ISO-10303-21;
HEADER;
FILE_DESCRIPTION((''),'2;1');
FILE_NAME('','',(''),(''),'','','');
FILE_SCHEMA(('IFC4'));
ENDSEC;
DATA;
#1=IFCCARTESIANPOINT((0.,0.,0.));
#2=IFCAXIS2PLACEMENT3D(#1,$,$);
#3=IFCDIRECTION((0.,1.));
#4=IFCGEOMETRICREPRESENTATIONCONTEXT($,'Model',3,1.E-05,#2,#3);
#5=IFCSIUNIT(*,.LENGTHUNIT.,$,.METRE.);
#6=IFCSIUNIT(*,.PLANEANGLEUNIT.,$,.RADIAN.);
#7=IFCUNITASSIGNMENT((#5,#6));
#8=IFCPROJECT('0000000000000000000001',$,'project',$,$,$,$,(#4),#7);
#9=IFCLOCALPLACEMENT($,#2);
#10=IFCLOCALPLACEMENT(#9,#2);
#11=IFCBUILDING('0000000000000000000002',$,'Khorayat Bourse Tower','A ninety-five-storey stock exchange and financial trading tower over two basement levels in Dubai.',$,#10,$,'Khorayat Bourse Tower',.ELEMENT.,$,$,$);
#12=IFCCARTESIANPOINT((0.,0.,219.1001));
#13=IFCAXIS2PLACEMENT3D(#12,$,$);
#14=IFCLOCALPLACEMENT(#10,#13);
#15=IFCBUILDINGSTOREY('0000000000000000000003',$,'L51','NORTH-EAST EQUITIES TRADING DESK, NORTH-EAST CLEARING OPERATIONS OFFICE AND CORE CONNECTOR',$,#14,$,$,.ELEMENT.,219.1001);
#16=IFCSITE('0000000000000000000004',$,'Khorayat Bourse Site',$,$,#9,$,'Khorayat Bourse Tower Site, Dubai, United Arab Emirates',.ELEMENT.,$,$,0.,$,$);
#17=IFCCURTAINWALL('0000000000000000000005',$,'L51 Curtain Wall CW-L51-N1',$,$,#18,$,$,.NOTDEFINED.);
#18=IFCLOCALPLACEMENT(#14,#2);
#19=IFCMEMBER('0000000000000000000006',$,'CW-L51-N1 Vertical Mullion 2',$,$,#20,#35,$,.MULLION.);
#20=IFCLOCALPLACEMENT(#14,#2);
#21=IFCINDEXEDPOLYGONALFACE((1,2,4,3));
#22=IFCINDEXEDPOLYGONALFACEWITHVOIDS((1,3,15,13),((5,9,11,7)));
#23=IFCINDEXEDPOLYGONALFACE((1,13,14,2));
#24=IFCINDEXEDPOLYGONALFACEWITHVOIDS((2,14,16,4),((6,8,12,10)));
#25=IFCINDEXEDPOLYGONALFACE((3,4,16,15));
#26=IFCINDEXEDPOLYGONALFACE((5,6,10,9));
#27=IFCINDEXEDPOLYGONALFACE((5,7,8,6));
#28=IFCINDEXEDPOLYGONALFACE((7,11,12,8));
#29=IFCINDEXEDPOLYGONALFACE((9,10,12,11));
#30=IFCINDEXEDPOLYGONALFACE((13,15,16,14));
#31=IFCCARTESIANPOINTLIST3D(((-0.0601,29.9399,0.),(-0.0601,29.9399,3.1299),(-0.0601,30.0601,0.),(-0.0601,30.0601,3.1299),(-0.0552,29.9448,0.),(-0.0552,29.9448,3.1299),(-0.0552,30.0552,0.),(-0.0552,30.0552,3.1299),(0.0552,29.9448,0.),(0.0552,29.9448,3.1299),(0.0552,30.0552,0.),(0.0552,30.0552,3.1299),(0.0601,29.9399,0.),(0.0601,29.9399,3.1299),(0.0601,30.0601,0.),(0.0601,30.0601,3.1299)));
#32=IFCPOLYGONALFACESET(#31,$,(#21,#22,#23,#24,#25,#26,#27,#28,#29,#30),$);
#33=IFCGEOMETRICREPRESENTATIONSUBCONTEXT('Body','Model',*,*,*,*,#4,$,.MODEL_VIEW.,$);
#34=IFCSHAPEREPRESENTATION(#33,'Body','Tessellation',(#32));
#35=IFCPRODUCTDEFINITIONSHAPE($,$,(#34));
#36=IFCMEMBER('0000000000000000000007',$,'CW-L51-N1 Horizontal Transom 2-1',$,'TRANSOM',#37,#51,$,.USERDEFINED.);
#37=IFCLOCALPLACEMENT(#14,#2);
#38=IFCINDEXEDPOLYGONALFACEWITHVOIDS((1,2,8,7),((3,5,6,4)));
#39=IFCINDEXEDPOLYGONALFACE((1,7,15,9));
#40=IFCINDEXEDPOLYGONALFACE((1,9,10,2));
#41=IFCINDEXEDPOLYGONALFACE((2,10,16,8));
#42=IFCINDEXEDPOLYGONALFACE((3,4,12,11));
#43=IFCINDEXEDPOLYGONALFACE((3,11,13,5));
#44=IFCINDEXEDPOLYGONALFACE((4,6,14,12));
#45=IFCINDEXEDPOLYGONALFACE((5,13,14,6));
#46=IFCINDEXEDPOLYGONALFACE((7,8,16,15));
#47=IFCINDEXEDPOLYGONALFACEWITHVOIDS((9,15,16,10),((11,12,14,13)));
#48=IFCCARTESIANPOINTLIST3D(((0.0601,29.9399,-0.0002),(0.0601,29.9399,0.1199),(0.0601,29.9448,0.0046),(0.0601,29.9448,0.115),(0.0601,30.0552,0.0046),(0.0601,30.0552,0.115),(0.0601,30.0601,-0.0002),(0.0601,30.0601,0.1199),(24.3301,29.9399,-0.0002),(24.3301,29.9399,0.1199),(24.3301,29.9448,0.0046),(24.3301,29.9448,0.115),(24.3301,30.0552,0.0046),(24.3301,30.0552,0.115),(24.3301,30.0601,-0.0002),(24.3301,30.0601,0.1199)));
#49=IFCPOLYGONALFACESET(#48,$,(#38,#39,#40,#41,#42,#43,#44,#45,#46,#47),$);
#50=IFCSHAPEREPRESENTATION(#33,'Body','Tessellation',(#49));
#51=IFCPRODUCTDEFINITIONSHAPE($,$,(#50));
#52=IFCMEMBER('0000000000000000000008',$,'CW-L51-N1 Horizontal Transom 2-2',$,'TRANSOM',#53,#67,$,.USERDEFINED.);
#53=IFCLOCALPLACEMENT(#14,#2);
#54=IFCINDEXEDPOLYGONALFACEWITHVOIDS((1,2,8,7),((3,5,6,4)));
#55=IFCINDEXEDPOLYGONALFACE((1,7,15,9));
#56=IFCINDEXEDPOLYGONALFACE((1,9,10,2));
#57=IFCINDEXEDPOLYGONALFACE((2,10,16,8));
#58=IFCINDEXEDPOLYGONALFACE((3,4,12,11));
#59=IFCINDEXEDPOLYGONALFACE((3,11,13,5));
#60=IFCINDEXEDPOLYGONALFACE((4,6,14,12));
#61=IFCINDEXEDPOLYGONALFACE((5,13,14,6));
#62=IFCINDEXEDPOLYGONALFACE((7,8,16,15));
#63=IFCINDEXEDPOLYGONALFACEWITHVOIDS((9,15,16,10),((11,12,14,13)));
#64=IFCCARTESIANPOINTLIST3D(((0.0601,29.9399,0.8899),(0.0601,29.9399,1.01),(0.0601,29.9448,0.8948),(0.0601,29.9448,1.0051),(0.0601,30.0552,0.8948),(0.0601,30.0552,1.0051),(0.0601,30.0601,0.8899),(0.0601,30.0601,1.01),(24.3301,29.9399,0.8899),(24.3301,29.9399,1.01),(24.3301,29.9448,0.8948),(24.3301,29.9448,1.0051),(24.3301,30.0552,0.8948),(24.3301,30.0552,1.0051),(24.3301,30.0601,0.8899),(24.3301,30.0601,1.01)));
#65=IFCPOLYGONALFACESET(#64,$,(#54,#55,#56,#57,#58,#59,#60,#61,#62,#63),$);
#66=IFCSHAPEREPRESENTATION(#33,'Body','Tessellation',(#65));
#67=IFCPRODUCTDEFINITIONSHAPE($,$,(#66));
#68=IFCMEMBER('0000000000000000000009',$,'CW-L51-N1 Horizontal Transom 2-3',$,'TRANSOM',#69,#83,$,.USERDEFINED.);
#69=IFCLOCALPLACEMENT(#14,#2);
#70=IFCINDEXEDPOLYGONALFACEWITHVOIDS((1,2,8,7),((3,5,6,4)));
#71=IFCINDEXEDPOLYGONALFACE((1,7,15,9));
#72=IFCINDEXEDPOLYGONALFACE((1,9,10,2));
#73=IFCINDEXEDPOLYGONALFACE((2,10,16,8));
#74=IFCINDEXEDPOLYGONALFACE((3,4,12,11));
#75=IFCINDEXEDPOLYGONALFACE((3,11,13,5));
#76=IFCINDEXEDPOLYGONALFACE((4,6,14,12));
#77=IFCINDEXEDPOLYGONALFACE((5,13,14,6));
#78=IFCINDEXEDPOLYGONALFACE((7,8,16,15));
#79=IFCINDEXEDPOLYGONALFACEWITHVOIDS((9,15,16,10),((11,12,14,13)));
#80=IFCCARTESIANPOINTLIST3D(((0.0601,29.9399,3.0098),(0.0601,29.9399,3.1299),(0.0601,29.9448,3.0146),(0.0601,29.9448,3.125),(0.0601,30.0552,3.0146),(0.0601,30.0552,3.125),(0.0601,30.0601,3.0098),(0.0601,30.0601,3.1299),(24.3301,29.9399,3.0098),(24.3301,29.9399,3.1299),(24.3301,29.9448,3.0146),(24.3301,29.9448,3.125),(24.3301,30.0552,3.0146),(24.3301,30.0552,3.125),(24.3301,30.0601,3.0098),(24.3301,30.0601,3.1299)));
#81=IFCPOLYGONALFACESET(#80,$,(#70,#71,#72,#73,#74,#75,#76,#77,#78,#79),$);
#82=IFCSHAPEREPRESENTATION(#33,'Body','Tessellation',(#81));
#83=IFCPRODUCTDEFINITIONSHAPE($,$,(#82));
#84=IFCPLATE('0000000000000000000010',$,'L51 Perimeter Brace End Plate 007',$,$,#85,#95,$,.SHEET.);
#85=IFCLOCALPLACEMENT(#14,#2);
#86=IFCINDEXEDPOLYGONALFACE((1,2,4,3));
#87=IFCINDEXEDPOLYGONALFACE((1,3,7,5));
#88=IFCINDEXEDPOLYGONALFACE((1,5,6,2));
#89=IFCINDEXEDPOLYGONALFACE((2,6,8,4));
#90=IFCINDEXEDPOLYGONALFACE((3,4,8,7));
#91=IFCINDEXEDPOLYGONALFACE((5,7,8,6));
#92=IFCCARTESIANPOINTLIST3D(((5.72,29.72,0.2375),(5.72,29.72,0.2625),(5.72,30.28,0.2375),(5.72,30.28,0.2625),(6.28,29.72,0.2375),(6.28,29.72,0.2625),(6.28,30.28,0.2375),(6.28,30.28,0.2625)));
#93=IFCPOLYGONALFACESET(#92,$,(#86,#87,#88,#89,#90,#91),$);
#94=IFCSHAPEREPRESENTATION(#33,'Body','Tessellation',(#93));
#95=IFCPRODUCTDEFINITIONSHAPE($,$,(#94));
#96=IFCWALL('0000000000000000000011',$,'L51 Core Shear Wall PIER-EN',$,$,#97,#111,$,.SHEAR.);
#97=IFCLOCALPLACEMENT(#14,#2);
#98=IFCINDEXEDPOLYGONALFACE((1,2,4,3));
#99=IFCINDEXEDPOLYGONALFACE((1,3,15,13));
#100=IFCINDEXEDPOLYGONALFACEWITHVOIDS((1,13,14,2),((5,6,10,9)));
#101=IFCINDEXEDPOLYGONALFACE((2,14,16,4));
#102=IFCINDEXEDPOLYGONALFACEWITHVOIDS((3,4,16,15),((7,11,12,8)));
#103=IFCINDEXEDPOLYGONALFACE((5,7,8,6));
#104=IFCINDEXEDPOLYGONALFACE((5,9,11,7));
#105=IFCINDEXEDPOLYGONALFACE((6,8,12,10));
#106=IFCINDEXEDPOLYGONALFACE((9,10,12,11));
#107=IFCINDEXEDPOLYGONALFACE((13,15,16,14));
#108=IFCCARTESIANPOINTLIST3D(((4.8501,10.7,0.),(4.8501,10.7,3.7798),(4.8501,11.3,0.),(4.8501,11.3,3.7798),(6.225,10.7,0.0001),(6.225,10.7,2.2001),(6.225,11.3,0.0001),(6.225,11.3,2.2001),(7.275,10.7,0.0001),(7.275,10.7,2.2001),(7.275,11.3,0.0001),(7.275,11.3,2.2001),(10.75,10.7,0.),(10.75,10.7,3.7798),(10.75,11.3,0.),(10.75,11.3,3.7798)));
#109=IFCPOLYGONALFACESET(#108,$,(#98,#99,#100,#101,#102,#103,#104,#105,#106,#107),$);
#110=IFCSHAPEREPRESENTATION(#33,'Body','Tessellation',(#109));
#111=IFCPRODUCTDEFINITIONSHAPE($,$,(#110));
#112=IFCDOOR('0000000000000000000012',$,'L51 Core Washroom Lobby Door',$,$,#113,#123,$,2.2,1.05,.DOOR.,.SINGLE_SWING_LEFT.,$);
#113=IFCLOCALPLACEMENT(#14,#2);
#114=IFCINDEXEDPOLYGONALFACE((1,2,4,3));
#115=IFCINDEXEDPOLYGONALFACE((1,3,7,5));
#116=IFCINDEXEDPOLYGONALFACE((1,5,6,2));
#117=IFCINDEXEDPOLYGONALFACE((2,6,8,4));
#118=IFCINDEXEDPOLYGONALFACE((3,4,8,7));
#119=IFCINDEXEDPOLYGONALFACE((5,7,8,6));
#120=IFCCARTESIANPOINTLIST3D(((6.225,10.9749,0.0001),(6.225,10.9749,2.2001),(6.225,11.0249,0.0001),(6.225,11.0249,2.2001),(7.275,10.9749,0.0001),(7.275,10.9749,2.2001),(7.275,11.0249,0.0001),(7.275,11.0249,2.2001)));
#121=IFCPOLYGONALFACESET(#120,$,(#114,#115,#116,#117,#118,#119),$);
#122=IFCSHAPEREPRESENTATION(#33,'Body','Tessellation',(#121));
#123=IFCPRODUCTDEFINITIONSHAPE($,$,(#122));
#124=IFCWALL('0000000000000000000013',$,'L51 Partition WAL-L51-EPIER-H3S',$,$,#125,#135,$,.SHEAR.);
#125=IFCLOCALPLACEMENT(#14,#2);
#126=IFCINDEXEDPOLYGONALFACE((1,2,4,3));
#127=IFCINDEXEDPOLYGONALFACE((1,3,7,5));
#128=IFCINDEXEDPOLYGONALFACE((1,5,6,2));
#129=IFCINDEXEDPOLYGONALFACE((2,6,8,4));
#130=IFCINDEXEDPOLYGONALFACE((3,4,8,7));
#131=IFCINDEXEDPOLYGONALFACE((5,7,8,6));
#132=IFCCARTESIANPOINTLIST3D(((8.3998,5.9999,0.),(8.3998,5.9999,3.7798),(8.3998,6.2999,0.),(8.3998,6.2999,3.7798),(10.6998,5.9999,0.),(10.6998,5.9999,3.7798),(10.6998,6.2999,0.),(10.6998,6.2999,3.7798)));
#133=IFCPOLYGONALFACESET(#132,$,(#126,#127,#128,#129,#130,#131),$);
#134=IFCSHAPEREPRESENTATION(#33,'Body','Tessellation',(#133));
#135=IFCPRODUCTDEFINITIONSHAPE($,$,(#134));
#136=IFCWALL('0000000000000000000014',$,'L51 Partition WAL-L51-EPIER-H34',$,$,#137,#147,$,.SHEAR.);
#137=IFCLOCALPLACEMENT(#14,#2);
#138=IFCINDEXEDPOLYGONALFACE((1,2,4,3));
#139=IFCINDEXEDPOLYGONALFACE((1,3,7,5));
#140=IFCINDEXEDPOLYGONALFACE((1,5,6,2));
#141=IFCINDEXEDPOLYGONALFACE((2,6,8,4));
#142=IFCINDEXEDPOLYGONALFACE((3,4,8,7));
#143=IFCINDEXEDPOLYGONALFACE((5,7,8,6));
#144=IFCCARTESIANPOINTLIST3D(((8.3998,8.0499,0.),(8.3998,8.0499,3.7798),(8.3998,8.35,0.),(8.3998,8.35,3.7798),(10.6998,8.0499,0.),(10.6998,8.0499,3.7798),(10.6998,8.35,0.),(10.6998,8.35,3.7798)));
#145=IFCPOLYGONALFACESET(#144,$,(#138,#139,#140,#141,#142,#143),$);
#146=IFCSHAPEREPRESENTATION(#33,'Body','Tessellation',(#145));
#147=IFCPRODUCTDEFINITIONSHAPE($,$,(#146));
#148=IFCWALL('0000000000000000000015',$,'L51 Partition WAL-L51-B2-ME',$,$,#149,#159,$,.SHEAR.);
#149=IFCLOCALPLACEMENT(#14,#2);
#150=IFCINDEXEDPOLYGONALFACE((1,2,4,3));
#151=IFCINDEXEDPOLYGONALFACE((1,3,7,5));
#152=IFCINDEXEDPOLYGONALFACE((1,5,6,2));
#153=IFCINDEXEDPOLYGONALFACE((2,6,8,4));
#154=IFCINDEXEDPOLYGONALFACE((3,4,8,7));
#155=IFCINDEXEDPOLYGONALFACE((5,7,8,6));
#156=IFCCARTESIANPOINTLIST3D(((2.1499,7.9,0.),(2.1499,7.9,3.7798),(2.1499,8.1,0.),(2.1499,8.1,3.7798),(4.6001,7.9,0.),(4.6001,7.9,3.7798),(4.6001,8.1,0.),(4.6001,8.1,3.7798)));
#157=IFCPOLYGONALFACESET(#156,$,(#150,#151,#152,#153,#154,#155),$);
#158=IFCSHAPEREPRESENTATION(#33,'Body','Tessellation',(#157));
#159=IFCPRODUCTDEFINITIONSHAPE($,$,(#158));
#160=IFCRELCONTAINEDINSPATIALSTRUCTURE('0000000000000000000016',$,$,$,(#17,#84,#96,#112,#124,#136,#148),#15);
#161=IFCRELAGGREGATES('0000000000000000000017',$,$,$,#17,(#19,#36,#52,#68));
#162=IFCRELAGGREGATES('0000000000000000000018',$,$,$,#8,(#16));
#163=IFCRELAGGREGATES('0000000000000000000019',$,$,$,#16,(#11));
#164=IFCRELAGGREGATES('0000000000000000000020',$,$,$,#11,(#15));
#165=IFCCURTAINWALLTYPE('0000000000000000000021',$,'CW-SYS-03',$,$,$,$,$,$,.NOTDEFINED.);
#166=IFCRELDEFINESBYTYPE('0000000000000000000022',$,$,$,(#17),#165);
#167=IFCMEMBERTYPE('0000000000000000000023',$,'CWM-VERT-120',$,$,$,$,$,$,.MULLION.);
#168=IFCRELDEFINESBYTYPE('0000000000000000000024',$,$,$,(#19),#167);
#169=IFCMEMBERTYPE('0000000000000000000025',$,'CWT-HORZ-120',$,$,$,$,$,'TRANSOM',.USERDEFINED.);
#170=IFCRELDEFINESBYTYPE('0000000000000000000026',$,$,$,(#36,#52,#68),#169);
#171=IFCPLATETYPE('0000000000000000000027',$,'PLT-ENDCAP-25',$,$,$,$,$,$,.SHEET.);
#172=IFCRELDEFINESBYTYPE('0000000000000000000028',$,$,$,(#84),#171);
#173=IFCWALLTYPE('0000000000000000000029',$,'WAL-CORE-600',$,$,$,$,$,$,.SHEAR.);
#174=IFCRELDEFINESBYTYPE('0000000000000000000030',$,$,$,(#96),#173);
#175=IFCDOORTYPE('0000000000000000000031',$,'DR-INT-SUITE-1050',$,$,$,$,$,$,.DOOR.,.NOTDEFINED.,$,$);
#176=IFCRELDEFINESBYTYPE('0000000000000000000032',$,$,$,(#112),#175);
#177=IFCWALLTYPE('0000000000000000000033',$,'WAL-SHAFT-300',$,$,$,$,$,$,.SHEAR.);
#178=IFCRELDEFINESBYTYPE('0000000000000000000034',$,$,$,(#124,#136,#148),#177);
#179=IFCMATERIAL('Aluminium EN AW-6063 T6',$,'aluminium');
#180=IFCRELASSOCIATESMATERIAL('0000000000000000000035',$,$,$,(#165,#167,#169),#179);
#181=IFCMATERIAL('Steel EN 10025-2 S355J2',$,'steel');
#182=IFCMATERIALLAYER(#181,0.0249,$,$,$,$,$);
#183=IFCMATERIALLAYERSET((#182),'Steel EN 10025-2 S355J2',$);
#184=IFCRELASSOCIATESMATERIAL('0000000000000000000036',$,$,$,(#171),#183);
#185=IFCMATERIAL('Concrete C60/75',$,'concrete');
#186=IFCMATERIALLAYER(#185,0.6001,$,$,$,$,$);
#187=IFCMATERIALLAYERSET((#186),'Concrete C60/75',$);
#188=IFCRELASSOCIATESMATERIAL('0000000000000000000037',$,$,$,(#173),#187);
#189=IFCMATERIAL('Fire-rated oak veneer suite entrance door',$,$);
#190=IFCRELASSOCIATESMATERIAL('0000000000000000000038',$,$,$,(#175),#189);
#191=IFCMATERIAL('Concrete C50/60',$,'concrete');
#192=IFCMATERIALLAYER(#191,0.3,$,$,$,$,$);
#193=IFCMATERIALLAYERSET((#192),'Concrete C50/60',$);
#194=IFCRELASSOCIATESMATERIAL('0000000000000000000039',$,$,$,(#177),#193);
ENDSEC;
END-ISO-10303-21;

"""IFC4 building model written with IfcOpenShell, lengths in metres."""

from ifc_helpers import new_model, si_unit, direction, frame, frame_2d, origin, origin_2d, place, context, subcontext, project, spatial, rectangle, hollow_rectangle, extrude, source, transform, mapped, material, layer, layer_set, material_profile, profile_set, type_object, element, fill, aggregate, save


model = new_model("IFC4")

# Units and contexts
model_context = context("Model", 3, precision=1e-05, world=origin(), true_north=direction((0.0, 1.0)))
body_context = subcontext(model_context, "Body", "Model", "MODEL_VIEW")
ifc_project = project(units=[si_unit("LENGTHUNIT", "METRE"), si_unit("PLANEANGLEUNIT", "RADIAN")], contexts=[model_context])

# Site, building, storey
site_placement = place(None, origin())
site = spatial("IfcSite", under=ifc_project, at=site_placement, Name="Khorayat Bourse Site", LongName="Khorayat Bourse Tower Site, Dubai, United Arab Emirates", CompositionType="ELEMENT", RefElevation=0.0)
building_placement = place(site_placement, origin())
building = spatial("IfcBuilding", under=site, at=building_placement, Name="Khorayat Bourse Tower", Description="A ninety-five-storey stock exchange and financial trading tower over two basement levels in Dubai.", LongName="Khorayat Bourse Tower", CompositionType="ELEMENT")
storey_placement = place(building_placement, frame((0.0, 0.0, 219.1001)))
storey = spatial("IfcBuildingStorey", under=building, at=storey_placement, Name="L51", Description="NORTH-EAST EQUITIES TRADING DESK, NORTH-EAST CLEARING OPERATIONS OFFICE AND CORE CONNECTOR", CompositionType="ELEMENT", Elevation=219.1001)

# Shared definitions
ifc_material_1 = material(Name="Concrete C60/75", Category="concrete")

# Curtain wall, members
ifc_material_2 = material(Name="Aluminium EN AW-6063 T6", Category="aluminium")
curtain_wall_type = type_object("IfcCurtainWallType", Name="CW-SYS-03", PredefinedType="NOTDEFINED", material=ifc_material_2)
curtain_wall_placement = place(storey_placement, origin())
curtain_wall = element("IfcCurtainWall", 1, at=curtain_wall_placement, inside=storey, type_object=curtain_wall_type, Name="L51 Curtain Wall CW-L51-N1", PredefinedType="NOTDEFINED")
ifc_material_profile_1 = material_profile(ifc_material_2, hollow_rectangle(XDim=0.1201, YDim=0.1201, WallThickness=0.0049, at=origin_2d()), Name="ALU 120x120x5")
ifc_profile_set_1 = profile_set([ifc_material_profile_1], Name="Aluminium EN AW-6063 T6")
member_type_1 = type_object("IfcMemberType", Name="CWM-VERT-120", PredefinedType="MULLION", material=ifc_profile_set_1)
shared_shape_1 = source(origin(), body_context, "Body", "SweptSolid", [
    extrude(hollow_rectangle(XDim=0.1201, YDim=0.1201, WallThickness=0.0049, at=origin_2d()), origin(), (0.0, 0.0, 1.0), 3.1299),
])
member_1_placement = place(storey_placement, frame((0.0, 30.0, 0.0), z_axis=(0.0, 0.0, 1.0), x_axis=(0.0, 1.0, 0.0)))
member_1 = element("IfcMember", 2, at=member_1_placement, type_object=member_type_1, Name="CW-L51-N1 Vertical Mullion 2", PredefinedType="MULLION", context=body_context, shape_type="MappedRepresentation", body=[
    mapped(shared_shape_1, transform((0.0, 0.0, 0.0), scale=1.0)),
])
ifc_material_profile_2 = material_profile(ifc_material_2, hollow_rectangle(XDim=0.1201, YDim=0.1201, WallThickness=0.0049, at=origin_2d()), Name="ALU 120x120x5")
ifc_profile_set_2 = profile_set([ifc_material_profile_2], Name="Aluminium EN AW-6063 T6")
member_type_2 = type_object("IfcMemberType", Name="CWT-HORZ-120", ElementType="TRANSOM", PredefinedType="USERDEFINED", material=ifc_profile_set_2)
shared_shape_2 = source(origin(), body_context, "Body", "SweptSolid", [
    extrude(hollow_rectangle(XDim=0.1201, YDim=0.1201, WallThickness=0.0049, at=origin_2d()), origin(), (0.0, 0.0, 1.0), 24.27),
])
member_2_placement = place(storey_placement, frame((0.0601, 30.0, 0.0598), z_axis=(1.0, 0.0, 0.0), x_axis=(0.0, 1.0, 0.0)))
member_2 = element("IfcMember", 3, at=member_2_placement, type_object=member_type_2, Name="CW-L51-N1 Horizontal Transom 2-1", ObjectType="TRANSOM", PredefinedType="USERDEFINED", context=body_context, shape_type="MappedRepresentation", body=[
    mapped(shared_shape_2, transform((0.0, 0.0, 0.0), scale=1.0)),
])
member_3_placement = place(storey_placement, frame((0.0601, 30.0, 0.95), z_axis=(1.0, 0.0, 0.0), x_axis=(0.0, 1.0, 0.0)))
member_3 = element("IfcMember", 4, at=member_3_placement, type_object=member_type_2, Name="CW-L51-N1 Horizontal Transom 2-2", ObjectType="TRANSOM", PredefinedType="USERDEFINED", context=body_context, shape_type="MappedRepresentation", body=[
    mapped(shared_shape_2, transform((0.0, 0.0, 0.0), scale=1.0)),
])
member_4_placement = place(storey_placement, frame((0.0601, 30.0, 3.0698), z_axis=(1.0, 0.0, 0.0), x_axis=(0.0, 1.0, 0.0)))
member_4 = element("IfcMember", 5, at=member_4_placement, type_object=member_type_2, Name="CW-L51-N1 Horizontal Transom 2-3", ObjectType="TRANSOM", PredefinedType="USERDEFINED", context=body_context, shape_type="MappedRepresentation", body=[
    mapped(shared_shape_2, transform((0.0, 0.0, 0.0), scale=1.0)),
])
aggregate(curtain_wall, [member_1, member_2, member_3, member_4])

# Plate
ifc_material_3 = material(Name="Steel EN 10025-2 S355J2", Category="steel")
ifc_layer_1 = layer(ifc_material_3, 0.0249)
ifc_layer_set_1 = layer_set([ifc_layer_1], Name="Steel EN 10025-2 S355J2")
plate_type = type_object("IfcPlateType", Name="PLT-ENDCAP-25", PredefinedType="SHEET", material=ifc_layer_set_1)
shared_shape_3 = source(origin(), body_context, "Body", "SweptSolid", [
    extrude(rectangle(XDim=0.5601, YDim=0.5601, at=origin_2d()), origin(), (0.0, 0.0, 1.0), 0.0249),
])
plate_placement = place(storey_placement, frame((6.0, 30.0, 0.2375), z_axis=(0.0, 0.0, 1.0), x_axis=(1.0, 0.0, 0.0)))
element("IfcPlate", 6, at=plate_placement, inside=storey, type_object=plate_type, Name="L51 Perimeter Brace End Plate 007", PredefinedType="SHEET", context=body_context, shape_type="MappedRepresentation", body=[
    mapped(shared_shape_3, transform((0.0, 0.0, 0.0), scale=1.0)),
])

# Wall, opening, door
ifc_layer_2 = layer(ifc_material_1, 0.6001)
ifc_layer_set_2 = layer_set([ifc_layer_2], Name="Concrete C60/75")
wall_type_1 = type_object("IfcWallType", Name="WAL-CORE-600", PredefinedType="SHEAR", material=ifc_layer_set_2)
shared_shape_4 = source(origin(), body_context, "Body", "SweptSolid", [
    extrude(rectangle(XDim=5.8999, YDim=0.6001, at=frame_2d((2.95, 0.0))), origin(), (0.0, 0.0, 1.0), 3.7798),
])
wall_1_placement = place(storey_placement, frame((4.8501, 11.0, 0.0), z_axis=(0.0, 0.0, 1.0), x_axis=(1.0, 0.0, 0.0)))
wall_1 = element("IfcWall", 7, at=wall_1_placement, inside=storey, type_object=wall_type_1, Name="L51 Core Shear Wall PIER-EN", PredefinedType="SHEAR", context=body_context, shape_type="MappedRepresentation", body=[
    mapped(shared_shape_4, transform((0.0, 0.0, 0.0), scale=1.0)),
])
shared_shape_5 = source(origin(), body_context, "Body", "SweptSolid", [
    extrude(rectangle(XDim=1.05, YDim=2.2, at=frame_2d((0.5249, 1.1001))), frame((0.0, 0.3101, 0.0), z_axis=(0.0, -1.0, 0.0), x_axis=(1.0, 0.0, 0.0)), (0.0, 0.0, 1.0), 0.6201),
])
opening_1_placement = place(wall_1_placement, frame((1.375, 0.0, 0.0)))
opening_1 = element("IfcOpeningElement", 8, at=opening_1_placement, cuts=wall_1, PredefinedType="OPENING", context=body_context, shape_type="MappedRepresentation", body=[
    mapped(shared_shape_5, transform((0.0, 0.0, 0.0), scale=1.0)),
])
ifc_material_4 = material(Name="Fire-rated oak veneer suite entrance door")
door_type_1 = type_object("IfcDoorType", Name="DR-INT-SUITE-1050", OperationType="NOTDEFINED", PredefinedType="DOOR", material=ifc_material_4)
shared_shape_6 = source(origin(), body_context, "Body", "SweptSolid", [
    extrude(rectangle(XDim=1.05, YDim=2.2, at=frame_2d((0.5249, 1.1001))), frame((0.0, 0.0249, 0.0), z_axis=(0.0, -1.0, 0.0), x_axis=(1.0, 0.0, 0.0)), (0.0, 0.0, 1.0), 0.05),
])
door_1_placement = place(opening_1_placement, origin())
door_1 = element("IfcDoor", 9, at=door_1_placement, inside=storey, type_object=door_type_1, Name="L51 Core Washroom Lobby Door", OperationType="SINGLE_SWING_LEFT", OverallHeight=2.2, OverallWidth=1.05, PredefinedType="DOOR", context=body_context, shape_type="MappedRepresentation", body=[
    mapped(shared_shape_6, transform((0.0, 0.0, 0.0), scale=1.0)),
])
fill(opening_1, door_1)

# Walls
ifc_material_5 = material(Name="Concrete C50/60", Category="concrete")
ifc_layer_3 = layer(ifc_material_5, 0.3)
ifc_layer_set_3 = layer_set([ifc_layer_3], Name="Concrete C50/60")
wall_type_2 = type_object("IfcWallType", Name="WAL-SHAFT-300", PredefinedType="SHEAR", material=ifc_layer_set_3)
shared_shape_7 = source(origin(), body_context, "Body", "SweptSolid", [
    extrude(rectangle(XDim=2.3, YDim=0.3, at=frame_2d((1.1499, 0.0))), origin(), (0.0, 0.0, 1.0), 3.7798),
])
for number, where, z_axis, x_axis, name in (
    (10, (8.3999, 6.1499, 0.0), (0.0, 0.0, 1.0), (1.0, 0.0, 0.0), "L51 Partition WAL-L51-EPIER-H3S"),
    (11, (8.3999, 8.2, 0.0), (0.0, 0.0, 1.0), (1.0, 0.0, 0.0), "L51 Partition WAL-L51-EPIER-H34"),
):
    element("IfcWall", number, at=place(storey_placement, frame(where, z_axis=z_axis, x_axis=x_axis)), inside=storey, type_object=wall_type_2, Name=name, PredefinedType="SHEAR", context=body_context, shape_type="MappedRepresentation", body=[
        mapped(shared_shape_7, transform((0.0, 0.0, 0.0), scale=1.0)),
    ])

# Wall
shared_shape_8 = source(origin(), body_context, "Body", "SweptSolid", [
    extrude(rectangle(XDim=2.4502, YDim=0.2, at=frame_2d((1.2251, 0.0))), origin(), (0.0, 0.0, 1.0), 3.7798),
])
wall_2_placement = place(storey_placement, frame((2.1499, 8.0, 0.0), z_axis=(0.0, 0.0, 1.0), x_axis=(1.0, 0.0, 0.0)))
element("IfcWall", 12, at=wall_2_placement, inside=storey, type_object=wall_type_2, Name="L51 Partition WAL-L51-B2-ME", PredefinedType="SHEAR", context=body_context, shape_type="MappedRepresentation", body=[
    mapped(shared_shape_8, transform((0.0, 0.0, 0.0), scale=1.0)),
])

save(model, "model.ifc")
